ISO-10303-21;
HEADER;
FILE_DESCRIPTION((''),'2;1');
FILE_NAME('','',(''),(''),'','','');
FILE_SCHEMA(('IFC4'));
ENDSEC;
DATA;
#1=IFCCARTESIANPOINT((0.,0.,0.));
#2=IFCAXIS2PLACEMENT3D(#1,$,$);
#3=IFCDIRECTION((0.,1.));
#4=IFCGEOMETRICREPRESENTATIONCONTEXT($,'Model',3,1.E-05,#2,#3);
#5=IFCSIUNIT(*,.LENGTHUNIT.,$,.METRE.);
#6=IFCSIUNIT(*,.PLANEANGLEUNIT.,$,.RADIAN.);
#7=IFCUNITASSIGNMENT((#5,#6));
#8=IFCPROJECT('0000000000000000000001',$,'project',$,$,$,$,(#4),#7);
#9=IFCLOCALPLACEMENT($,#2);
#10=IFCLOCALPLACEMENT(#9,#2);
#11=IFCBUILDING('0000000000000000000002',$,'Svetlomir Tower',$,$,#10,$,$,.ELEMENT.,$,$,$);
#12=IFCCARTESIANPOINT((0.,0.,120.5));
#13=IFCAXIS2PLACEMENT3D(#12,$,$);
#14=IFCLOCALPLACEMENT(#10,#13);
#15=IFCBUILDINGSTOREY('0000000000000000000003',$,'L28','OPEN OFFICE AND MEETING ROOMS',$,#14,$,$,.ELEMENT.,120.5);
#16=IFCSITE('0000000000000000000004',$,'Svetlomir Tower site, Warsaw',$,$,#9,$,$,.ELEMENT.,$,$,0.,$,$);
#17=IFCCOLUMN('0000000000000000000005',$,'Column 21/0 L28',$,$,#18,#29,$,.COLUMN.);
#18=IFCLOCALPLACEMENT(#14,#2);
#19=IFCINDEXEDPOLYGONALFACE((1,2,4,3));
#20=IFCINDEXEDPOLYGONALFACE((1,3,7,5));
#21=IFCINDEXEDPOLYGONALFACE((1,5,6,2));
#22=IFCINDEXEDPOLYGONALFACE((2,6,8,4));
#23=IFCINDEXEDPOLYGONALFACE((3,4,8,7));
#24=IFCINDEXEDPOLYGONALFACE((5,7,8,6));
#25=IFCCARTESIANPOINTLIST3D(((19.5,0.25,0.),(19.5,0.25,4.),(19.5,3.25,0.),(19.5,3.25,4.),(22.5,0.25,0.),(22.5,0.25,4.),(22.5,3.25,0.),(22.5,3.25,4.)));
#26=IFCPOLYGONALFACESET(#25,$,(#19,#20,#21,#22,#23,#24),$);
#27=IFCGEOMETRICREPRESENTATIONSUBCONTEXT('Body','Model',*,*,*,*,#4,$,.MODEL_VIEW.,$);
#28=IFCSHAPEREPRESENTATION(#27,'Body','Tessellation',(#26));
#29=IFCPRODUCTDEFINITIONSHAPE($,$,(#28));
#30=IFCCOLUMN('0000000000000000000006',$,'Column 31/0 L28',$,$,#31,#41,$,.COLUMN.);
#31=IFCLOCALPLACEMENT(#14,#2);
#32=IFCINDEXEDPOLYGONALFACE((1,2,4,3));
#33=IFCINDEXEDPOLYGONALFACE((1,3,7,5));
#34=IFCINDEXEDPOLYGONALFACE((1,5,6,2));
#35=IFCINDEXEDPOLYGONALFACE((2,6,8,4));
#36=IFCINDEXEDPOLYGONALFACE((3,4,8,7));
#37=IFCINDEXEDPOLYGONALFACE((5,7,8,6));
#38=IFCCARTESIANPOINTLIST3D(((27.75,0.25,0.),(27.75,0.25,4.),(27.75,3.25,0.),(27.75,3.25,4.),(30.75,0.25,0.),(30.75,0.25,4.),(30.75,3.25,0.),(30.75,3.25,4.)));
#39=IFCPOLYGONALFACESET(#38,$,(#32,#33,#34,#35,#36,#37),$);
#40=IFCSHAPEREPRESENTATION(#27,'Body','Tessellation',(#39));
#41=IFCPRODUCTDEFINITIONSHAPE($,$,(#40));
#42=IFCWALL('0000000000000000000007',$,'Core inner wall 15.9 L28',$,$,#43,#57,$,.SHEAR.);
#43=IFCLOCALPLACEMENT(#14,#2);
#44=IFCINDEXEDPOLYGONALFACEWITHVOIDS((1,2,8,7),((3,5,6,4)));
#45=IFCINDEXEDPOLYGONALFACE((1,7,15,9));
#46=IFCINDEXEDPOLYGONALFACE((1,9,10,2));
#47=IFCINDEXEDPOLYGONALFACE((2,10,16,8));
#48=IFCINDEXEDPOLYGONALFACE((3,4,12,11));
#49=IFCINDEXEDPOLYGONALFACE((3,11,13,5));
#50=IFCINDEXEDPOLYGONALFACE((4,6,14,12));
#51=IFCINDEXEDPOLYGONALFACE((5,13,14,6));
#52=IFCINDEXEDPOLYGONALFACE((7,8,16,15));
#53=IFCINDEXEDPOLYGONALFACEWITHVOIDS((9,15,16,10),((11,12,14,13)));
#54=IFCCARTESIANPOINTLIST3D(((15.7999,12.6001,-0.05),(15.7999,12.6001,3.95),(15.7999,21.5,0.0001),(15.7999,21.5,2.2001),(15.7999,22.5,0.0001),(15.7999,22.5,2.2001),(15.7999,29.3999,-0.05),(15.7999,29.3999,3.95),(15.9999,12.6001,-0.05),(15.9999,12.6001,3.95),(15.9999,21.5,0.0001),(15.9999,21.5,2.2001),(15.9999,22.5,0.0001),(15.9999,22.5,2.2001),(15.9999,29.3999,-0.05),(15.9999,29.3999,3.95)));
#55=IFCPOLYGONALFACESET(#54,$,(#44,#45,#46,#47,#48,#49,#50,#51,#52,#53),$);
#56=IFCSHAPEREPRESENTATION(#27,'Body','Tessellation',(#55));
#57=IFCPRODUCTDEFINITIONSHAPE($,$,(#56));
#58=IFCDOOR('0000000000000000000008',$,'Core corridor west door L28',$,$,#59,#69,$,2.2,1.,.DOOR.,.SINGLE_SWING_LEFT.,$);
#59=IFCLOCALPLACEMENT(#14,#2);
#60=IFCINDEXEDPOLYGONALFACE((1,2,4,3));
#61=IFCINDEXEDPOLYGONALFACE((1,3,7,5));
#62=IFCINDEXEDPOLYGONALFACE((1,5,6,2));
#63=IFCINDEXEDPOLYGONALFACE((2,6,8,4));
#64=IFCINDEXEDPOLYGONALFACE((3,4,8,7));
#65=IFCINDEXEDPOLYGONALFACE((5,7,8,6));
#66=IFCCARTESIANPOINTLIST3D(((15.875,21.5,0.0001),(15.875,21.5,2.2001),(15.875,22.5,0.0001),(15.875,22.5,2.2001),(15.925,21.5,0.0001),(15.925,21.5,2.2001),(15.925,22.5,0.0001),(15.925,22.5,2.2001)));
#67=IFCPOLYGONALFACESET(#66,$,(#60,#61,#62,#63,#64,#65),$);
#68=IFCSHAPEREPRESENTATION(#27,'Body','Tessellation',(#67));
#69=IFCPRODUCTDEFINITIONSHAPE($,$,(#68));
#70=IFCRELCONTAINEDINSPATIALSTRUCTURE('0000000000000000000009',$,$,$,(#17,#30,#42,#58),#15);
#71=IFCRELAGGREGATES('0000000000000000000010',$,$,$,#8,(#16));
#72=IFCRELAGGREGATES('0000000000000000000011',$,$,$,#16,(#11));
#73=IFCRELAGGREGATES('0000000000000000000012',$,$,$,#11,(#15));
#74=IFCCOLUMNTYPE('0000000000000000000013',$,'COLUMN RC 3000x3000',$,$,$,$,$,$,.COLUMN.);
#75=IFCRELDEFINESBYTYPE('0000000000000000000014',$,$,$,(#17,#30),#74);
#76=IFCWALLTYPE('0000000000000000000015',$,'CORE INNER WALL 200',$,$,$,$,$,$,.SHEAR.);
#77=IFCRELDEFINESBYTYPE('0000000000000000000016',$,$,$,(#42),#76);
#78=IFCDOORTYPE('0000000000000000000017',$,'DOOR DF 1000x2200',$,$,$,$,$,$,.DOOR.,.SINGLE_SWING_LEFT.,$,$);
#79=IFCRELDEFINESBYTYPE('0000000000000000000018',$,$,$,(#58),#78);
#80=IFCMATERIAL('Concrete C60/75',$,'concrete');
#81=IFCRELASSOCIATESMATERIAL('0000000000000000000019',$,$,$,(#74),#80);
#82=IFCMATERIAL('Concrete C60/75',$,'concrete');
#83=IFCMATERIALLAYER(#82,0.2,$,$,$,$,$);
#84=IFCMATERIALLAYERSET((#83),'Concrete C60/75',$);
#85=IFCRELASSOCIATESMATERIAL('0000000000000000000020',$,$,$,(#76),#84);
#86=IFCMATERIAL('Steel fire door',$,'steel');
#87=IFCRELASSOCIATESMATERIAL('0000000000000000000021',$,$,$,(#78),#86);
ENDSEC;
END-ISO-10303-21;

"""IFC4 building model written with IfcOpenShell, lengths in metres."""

from ifc_helpers import new_model, si_unit, direction, frame, frame_2d, origin, origin_2d, place, context, subcontext, project, spatial, rectangle, extrude, material, layer, layer_set, material_profile, profile_set, type_object, element, fill, save


model = new_model("IFC4")

# Units and contexts
model_context = context("Model", 3, precision=1e-05, world=origin(), true_north=direction((0.0, 1.0)))
body_context = subcontext(model_context, "Body", "Model", "MODEL_VIEW")
ifc_project = project(units=[si_unit("LENGTHUNIT", "METRE"), si_unit("PLANEANGLEUNIT", "RADIAN")], contexts=[model_context])

# Site, building, storey
site_placement = place(None, origin())
site = spatial("IfcSite", under=ifc_project, at=site_placement, Name="Svetlomir Tower site, Warsaw", CompositionType="ELEMENT", RefElevation=0.0)
building_placement = place(site_placement, origin())
building = spatial("IfcBuilding", under=site, at=building_placement, Name="Svetlomir Tower", CompositionType="ELEMENT")
storey_placement = place(building_placement, frame((0.0, 0.0, 120.5)))
storey = spatial("IfcBuildingStorey", under=building, at=storey_placement, Name="L28", Description="OPEN OFFICE AND MEETING ROOMS", CompositionType="ELEMENT", Elevation=120.5)

# Columns
ifc_material_1 = material(Name="Concrete C60/75", Category="concrete")
ifc_material_profile = material_profile(ifc_material_1, rectangle(XDim=3.0, YDim=3.0, at=origin_2d()), Name="RC 3000x3000")
ifc_profile_set = profile_set([ifc_material_profile], Name="Concrete C60/75")
column_type = type_object("IfcColumnType", Name="COLUMN RC 3000x3000", PredefinedType="COLUMN", material=ifc_profile_set)
for number, where, z_axis, x_axis, name in (
    (1, (21.0, 1.75, 0.0), (0.0, 0.0, 1.0), (1.0, 0.0, 0.0), "Column 21/0 L28"),
    (2, (29.25, 1.75, 0.0), (0.0, 0.0, 1.0), (1.0, 0.0, 0.0), "Column 31/0 L28"),
):
    element("IfcColumn", number, at=place(storey_placement, frame(where, z_axis=z_axis, x_axis=x_axis)), inside=storey, type_object=column_type, Name=name, PredefinedType="COLUMN", context=body_context, shape_type="SweptSolid", body=[
        extrude(rectangle(XDim=3.0, YDim=3.0, at=origin_2d()), origin(), (0.0, 0.0, 1.0), 4.0),
    ])

# Wall, opening, door
ifc_material_2 = material(Name="Concrete C60/75", Category="concrete")
ifc_layer_1 = layer(ifc_material_2, 0.2)
ifc_layer_set_1 = layer_set([ifc_layer_1], Name="Concrete C60/75")
wall_type_1 = type_object("IfcWallType", Name="CORE INNER WALL 200", PredefinedType="SHEAR", material=ifc_layer_set_1)
wall_1_placement = place(storey_placement, frame((15.8999, 12.6001, -0.05), z_axis=(0.0, 0.0, 1.0), x_axis=(0.0, 1.0, 0.0)))
wall_1 = element("IfcWall", 3, at=wall_1_placement, inside=storey, type_object=wall_type_1, Name="Core inner wall 15.9 L28", PredefinedType="SHEAR", context=body_context, shape_type="SweptSolid", body=[
    extrude(rectangle(XDim=16.7998, YDim=0.2, at=frame_2d((8.3999, 0.0))), origin(), (0.0, 0.0, 1.0), 4.0),
])
opening_1_placement = place(wall_1_placement, frame((8.8999, 0.0, 0.05)))
opening_1 = element("IfcOpeningElement", 4, at=opening_1_placement, cuts=wall_1, PredefinedType="OPENING", context=body_context, shape_type="SweptSolid", body=[
    extrude(rectangle(XDim=1.0, YDim=2.2, at=frame_2d((0.5, 1.1001))), frame((0.0, 0.1099, 0.0), z_axis=(0.0, -1.0, 0.0), x_axis=(1.0, 0.0, 0.0)), (0.0, 0.0, 1.0), 0.22),
])
ifc_material_3 = material(Name="Steel fire door", Category="steel")
door_type_1 = type_object("IfcDoorType", Name="DOOR DF 1000x2200", OperationType="SINGLE_SWING_LEFT", PredefinedType="DOOR", material=ifc_material_3)
door_1_placement = place(opening_1_placement, origin())
door_1 = element("IfcDoor", 5, at=door_1_placement, inside=storey, type_object=door_type_1, Name="Core corridor west door L28", OperationType="SINGLE_SWING_LEFT", OverallHeight=2.2, OverallWidth=1.0, PredefinedType="DOOR", context=body_context, shape_type="SweptSolid", body=[
    extrude(rectangle(XDim=1.0, YDim=2.2, at=frame_2d((0.5, 1.1001))), frame((0.0, 0.0249, 0.0), z_axis=(0.0, -1.0, 0.0), x_axis=(1.0, 0.0, 0.0)), (0.0, 0.0, 1.0), 0.05),
])
fill(opening_1, door_1)

save(model, "model.ifc")
